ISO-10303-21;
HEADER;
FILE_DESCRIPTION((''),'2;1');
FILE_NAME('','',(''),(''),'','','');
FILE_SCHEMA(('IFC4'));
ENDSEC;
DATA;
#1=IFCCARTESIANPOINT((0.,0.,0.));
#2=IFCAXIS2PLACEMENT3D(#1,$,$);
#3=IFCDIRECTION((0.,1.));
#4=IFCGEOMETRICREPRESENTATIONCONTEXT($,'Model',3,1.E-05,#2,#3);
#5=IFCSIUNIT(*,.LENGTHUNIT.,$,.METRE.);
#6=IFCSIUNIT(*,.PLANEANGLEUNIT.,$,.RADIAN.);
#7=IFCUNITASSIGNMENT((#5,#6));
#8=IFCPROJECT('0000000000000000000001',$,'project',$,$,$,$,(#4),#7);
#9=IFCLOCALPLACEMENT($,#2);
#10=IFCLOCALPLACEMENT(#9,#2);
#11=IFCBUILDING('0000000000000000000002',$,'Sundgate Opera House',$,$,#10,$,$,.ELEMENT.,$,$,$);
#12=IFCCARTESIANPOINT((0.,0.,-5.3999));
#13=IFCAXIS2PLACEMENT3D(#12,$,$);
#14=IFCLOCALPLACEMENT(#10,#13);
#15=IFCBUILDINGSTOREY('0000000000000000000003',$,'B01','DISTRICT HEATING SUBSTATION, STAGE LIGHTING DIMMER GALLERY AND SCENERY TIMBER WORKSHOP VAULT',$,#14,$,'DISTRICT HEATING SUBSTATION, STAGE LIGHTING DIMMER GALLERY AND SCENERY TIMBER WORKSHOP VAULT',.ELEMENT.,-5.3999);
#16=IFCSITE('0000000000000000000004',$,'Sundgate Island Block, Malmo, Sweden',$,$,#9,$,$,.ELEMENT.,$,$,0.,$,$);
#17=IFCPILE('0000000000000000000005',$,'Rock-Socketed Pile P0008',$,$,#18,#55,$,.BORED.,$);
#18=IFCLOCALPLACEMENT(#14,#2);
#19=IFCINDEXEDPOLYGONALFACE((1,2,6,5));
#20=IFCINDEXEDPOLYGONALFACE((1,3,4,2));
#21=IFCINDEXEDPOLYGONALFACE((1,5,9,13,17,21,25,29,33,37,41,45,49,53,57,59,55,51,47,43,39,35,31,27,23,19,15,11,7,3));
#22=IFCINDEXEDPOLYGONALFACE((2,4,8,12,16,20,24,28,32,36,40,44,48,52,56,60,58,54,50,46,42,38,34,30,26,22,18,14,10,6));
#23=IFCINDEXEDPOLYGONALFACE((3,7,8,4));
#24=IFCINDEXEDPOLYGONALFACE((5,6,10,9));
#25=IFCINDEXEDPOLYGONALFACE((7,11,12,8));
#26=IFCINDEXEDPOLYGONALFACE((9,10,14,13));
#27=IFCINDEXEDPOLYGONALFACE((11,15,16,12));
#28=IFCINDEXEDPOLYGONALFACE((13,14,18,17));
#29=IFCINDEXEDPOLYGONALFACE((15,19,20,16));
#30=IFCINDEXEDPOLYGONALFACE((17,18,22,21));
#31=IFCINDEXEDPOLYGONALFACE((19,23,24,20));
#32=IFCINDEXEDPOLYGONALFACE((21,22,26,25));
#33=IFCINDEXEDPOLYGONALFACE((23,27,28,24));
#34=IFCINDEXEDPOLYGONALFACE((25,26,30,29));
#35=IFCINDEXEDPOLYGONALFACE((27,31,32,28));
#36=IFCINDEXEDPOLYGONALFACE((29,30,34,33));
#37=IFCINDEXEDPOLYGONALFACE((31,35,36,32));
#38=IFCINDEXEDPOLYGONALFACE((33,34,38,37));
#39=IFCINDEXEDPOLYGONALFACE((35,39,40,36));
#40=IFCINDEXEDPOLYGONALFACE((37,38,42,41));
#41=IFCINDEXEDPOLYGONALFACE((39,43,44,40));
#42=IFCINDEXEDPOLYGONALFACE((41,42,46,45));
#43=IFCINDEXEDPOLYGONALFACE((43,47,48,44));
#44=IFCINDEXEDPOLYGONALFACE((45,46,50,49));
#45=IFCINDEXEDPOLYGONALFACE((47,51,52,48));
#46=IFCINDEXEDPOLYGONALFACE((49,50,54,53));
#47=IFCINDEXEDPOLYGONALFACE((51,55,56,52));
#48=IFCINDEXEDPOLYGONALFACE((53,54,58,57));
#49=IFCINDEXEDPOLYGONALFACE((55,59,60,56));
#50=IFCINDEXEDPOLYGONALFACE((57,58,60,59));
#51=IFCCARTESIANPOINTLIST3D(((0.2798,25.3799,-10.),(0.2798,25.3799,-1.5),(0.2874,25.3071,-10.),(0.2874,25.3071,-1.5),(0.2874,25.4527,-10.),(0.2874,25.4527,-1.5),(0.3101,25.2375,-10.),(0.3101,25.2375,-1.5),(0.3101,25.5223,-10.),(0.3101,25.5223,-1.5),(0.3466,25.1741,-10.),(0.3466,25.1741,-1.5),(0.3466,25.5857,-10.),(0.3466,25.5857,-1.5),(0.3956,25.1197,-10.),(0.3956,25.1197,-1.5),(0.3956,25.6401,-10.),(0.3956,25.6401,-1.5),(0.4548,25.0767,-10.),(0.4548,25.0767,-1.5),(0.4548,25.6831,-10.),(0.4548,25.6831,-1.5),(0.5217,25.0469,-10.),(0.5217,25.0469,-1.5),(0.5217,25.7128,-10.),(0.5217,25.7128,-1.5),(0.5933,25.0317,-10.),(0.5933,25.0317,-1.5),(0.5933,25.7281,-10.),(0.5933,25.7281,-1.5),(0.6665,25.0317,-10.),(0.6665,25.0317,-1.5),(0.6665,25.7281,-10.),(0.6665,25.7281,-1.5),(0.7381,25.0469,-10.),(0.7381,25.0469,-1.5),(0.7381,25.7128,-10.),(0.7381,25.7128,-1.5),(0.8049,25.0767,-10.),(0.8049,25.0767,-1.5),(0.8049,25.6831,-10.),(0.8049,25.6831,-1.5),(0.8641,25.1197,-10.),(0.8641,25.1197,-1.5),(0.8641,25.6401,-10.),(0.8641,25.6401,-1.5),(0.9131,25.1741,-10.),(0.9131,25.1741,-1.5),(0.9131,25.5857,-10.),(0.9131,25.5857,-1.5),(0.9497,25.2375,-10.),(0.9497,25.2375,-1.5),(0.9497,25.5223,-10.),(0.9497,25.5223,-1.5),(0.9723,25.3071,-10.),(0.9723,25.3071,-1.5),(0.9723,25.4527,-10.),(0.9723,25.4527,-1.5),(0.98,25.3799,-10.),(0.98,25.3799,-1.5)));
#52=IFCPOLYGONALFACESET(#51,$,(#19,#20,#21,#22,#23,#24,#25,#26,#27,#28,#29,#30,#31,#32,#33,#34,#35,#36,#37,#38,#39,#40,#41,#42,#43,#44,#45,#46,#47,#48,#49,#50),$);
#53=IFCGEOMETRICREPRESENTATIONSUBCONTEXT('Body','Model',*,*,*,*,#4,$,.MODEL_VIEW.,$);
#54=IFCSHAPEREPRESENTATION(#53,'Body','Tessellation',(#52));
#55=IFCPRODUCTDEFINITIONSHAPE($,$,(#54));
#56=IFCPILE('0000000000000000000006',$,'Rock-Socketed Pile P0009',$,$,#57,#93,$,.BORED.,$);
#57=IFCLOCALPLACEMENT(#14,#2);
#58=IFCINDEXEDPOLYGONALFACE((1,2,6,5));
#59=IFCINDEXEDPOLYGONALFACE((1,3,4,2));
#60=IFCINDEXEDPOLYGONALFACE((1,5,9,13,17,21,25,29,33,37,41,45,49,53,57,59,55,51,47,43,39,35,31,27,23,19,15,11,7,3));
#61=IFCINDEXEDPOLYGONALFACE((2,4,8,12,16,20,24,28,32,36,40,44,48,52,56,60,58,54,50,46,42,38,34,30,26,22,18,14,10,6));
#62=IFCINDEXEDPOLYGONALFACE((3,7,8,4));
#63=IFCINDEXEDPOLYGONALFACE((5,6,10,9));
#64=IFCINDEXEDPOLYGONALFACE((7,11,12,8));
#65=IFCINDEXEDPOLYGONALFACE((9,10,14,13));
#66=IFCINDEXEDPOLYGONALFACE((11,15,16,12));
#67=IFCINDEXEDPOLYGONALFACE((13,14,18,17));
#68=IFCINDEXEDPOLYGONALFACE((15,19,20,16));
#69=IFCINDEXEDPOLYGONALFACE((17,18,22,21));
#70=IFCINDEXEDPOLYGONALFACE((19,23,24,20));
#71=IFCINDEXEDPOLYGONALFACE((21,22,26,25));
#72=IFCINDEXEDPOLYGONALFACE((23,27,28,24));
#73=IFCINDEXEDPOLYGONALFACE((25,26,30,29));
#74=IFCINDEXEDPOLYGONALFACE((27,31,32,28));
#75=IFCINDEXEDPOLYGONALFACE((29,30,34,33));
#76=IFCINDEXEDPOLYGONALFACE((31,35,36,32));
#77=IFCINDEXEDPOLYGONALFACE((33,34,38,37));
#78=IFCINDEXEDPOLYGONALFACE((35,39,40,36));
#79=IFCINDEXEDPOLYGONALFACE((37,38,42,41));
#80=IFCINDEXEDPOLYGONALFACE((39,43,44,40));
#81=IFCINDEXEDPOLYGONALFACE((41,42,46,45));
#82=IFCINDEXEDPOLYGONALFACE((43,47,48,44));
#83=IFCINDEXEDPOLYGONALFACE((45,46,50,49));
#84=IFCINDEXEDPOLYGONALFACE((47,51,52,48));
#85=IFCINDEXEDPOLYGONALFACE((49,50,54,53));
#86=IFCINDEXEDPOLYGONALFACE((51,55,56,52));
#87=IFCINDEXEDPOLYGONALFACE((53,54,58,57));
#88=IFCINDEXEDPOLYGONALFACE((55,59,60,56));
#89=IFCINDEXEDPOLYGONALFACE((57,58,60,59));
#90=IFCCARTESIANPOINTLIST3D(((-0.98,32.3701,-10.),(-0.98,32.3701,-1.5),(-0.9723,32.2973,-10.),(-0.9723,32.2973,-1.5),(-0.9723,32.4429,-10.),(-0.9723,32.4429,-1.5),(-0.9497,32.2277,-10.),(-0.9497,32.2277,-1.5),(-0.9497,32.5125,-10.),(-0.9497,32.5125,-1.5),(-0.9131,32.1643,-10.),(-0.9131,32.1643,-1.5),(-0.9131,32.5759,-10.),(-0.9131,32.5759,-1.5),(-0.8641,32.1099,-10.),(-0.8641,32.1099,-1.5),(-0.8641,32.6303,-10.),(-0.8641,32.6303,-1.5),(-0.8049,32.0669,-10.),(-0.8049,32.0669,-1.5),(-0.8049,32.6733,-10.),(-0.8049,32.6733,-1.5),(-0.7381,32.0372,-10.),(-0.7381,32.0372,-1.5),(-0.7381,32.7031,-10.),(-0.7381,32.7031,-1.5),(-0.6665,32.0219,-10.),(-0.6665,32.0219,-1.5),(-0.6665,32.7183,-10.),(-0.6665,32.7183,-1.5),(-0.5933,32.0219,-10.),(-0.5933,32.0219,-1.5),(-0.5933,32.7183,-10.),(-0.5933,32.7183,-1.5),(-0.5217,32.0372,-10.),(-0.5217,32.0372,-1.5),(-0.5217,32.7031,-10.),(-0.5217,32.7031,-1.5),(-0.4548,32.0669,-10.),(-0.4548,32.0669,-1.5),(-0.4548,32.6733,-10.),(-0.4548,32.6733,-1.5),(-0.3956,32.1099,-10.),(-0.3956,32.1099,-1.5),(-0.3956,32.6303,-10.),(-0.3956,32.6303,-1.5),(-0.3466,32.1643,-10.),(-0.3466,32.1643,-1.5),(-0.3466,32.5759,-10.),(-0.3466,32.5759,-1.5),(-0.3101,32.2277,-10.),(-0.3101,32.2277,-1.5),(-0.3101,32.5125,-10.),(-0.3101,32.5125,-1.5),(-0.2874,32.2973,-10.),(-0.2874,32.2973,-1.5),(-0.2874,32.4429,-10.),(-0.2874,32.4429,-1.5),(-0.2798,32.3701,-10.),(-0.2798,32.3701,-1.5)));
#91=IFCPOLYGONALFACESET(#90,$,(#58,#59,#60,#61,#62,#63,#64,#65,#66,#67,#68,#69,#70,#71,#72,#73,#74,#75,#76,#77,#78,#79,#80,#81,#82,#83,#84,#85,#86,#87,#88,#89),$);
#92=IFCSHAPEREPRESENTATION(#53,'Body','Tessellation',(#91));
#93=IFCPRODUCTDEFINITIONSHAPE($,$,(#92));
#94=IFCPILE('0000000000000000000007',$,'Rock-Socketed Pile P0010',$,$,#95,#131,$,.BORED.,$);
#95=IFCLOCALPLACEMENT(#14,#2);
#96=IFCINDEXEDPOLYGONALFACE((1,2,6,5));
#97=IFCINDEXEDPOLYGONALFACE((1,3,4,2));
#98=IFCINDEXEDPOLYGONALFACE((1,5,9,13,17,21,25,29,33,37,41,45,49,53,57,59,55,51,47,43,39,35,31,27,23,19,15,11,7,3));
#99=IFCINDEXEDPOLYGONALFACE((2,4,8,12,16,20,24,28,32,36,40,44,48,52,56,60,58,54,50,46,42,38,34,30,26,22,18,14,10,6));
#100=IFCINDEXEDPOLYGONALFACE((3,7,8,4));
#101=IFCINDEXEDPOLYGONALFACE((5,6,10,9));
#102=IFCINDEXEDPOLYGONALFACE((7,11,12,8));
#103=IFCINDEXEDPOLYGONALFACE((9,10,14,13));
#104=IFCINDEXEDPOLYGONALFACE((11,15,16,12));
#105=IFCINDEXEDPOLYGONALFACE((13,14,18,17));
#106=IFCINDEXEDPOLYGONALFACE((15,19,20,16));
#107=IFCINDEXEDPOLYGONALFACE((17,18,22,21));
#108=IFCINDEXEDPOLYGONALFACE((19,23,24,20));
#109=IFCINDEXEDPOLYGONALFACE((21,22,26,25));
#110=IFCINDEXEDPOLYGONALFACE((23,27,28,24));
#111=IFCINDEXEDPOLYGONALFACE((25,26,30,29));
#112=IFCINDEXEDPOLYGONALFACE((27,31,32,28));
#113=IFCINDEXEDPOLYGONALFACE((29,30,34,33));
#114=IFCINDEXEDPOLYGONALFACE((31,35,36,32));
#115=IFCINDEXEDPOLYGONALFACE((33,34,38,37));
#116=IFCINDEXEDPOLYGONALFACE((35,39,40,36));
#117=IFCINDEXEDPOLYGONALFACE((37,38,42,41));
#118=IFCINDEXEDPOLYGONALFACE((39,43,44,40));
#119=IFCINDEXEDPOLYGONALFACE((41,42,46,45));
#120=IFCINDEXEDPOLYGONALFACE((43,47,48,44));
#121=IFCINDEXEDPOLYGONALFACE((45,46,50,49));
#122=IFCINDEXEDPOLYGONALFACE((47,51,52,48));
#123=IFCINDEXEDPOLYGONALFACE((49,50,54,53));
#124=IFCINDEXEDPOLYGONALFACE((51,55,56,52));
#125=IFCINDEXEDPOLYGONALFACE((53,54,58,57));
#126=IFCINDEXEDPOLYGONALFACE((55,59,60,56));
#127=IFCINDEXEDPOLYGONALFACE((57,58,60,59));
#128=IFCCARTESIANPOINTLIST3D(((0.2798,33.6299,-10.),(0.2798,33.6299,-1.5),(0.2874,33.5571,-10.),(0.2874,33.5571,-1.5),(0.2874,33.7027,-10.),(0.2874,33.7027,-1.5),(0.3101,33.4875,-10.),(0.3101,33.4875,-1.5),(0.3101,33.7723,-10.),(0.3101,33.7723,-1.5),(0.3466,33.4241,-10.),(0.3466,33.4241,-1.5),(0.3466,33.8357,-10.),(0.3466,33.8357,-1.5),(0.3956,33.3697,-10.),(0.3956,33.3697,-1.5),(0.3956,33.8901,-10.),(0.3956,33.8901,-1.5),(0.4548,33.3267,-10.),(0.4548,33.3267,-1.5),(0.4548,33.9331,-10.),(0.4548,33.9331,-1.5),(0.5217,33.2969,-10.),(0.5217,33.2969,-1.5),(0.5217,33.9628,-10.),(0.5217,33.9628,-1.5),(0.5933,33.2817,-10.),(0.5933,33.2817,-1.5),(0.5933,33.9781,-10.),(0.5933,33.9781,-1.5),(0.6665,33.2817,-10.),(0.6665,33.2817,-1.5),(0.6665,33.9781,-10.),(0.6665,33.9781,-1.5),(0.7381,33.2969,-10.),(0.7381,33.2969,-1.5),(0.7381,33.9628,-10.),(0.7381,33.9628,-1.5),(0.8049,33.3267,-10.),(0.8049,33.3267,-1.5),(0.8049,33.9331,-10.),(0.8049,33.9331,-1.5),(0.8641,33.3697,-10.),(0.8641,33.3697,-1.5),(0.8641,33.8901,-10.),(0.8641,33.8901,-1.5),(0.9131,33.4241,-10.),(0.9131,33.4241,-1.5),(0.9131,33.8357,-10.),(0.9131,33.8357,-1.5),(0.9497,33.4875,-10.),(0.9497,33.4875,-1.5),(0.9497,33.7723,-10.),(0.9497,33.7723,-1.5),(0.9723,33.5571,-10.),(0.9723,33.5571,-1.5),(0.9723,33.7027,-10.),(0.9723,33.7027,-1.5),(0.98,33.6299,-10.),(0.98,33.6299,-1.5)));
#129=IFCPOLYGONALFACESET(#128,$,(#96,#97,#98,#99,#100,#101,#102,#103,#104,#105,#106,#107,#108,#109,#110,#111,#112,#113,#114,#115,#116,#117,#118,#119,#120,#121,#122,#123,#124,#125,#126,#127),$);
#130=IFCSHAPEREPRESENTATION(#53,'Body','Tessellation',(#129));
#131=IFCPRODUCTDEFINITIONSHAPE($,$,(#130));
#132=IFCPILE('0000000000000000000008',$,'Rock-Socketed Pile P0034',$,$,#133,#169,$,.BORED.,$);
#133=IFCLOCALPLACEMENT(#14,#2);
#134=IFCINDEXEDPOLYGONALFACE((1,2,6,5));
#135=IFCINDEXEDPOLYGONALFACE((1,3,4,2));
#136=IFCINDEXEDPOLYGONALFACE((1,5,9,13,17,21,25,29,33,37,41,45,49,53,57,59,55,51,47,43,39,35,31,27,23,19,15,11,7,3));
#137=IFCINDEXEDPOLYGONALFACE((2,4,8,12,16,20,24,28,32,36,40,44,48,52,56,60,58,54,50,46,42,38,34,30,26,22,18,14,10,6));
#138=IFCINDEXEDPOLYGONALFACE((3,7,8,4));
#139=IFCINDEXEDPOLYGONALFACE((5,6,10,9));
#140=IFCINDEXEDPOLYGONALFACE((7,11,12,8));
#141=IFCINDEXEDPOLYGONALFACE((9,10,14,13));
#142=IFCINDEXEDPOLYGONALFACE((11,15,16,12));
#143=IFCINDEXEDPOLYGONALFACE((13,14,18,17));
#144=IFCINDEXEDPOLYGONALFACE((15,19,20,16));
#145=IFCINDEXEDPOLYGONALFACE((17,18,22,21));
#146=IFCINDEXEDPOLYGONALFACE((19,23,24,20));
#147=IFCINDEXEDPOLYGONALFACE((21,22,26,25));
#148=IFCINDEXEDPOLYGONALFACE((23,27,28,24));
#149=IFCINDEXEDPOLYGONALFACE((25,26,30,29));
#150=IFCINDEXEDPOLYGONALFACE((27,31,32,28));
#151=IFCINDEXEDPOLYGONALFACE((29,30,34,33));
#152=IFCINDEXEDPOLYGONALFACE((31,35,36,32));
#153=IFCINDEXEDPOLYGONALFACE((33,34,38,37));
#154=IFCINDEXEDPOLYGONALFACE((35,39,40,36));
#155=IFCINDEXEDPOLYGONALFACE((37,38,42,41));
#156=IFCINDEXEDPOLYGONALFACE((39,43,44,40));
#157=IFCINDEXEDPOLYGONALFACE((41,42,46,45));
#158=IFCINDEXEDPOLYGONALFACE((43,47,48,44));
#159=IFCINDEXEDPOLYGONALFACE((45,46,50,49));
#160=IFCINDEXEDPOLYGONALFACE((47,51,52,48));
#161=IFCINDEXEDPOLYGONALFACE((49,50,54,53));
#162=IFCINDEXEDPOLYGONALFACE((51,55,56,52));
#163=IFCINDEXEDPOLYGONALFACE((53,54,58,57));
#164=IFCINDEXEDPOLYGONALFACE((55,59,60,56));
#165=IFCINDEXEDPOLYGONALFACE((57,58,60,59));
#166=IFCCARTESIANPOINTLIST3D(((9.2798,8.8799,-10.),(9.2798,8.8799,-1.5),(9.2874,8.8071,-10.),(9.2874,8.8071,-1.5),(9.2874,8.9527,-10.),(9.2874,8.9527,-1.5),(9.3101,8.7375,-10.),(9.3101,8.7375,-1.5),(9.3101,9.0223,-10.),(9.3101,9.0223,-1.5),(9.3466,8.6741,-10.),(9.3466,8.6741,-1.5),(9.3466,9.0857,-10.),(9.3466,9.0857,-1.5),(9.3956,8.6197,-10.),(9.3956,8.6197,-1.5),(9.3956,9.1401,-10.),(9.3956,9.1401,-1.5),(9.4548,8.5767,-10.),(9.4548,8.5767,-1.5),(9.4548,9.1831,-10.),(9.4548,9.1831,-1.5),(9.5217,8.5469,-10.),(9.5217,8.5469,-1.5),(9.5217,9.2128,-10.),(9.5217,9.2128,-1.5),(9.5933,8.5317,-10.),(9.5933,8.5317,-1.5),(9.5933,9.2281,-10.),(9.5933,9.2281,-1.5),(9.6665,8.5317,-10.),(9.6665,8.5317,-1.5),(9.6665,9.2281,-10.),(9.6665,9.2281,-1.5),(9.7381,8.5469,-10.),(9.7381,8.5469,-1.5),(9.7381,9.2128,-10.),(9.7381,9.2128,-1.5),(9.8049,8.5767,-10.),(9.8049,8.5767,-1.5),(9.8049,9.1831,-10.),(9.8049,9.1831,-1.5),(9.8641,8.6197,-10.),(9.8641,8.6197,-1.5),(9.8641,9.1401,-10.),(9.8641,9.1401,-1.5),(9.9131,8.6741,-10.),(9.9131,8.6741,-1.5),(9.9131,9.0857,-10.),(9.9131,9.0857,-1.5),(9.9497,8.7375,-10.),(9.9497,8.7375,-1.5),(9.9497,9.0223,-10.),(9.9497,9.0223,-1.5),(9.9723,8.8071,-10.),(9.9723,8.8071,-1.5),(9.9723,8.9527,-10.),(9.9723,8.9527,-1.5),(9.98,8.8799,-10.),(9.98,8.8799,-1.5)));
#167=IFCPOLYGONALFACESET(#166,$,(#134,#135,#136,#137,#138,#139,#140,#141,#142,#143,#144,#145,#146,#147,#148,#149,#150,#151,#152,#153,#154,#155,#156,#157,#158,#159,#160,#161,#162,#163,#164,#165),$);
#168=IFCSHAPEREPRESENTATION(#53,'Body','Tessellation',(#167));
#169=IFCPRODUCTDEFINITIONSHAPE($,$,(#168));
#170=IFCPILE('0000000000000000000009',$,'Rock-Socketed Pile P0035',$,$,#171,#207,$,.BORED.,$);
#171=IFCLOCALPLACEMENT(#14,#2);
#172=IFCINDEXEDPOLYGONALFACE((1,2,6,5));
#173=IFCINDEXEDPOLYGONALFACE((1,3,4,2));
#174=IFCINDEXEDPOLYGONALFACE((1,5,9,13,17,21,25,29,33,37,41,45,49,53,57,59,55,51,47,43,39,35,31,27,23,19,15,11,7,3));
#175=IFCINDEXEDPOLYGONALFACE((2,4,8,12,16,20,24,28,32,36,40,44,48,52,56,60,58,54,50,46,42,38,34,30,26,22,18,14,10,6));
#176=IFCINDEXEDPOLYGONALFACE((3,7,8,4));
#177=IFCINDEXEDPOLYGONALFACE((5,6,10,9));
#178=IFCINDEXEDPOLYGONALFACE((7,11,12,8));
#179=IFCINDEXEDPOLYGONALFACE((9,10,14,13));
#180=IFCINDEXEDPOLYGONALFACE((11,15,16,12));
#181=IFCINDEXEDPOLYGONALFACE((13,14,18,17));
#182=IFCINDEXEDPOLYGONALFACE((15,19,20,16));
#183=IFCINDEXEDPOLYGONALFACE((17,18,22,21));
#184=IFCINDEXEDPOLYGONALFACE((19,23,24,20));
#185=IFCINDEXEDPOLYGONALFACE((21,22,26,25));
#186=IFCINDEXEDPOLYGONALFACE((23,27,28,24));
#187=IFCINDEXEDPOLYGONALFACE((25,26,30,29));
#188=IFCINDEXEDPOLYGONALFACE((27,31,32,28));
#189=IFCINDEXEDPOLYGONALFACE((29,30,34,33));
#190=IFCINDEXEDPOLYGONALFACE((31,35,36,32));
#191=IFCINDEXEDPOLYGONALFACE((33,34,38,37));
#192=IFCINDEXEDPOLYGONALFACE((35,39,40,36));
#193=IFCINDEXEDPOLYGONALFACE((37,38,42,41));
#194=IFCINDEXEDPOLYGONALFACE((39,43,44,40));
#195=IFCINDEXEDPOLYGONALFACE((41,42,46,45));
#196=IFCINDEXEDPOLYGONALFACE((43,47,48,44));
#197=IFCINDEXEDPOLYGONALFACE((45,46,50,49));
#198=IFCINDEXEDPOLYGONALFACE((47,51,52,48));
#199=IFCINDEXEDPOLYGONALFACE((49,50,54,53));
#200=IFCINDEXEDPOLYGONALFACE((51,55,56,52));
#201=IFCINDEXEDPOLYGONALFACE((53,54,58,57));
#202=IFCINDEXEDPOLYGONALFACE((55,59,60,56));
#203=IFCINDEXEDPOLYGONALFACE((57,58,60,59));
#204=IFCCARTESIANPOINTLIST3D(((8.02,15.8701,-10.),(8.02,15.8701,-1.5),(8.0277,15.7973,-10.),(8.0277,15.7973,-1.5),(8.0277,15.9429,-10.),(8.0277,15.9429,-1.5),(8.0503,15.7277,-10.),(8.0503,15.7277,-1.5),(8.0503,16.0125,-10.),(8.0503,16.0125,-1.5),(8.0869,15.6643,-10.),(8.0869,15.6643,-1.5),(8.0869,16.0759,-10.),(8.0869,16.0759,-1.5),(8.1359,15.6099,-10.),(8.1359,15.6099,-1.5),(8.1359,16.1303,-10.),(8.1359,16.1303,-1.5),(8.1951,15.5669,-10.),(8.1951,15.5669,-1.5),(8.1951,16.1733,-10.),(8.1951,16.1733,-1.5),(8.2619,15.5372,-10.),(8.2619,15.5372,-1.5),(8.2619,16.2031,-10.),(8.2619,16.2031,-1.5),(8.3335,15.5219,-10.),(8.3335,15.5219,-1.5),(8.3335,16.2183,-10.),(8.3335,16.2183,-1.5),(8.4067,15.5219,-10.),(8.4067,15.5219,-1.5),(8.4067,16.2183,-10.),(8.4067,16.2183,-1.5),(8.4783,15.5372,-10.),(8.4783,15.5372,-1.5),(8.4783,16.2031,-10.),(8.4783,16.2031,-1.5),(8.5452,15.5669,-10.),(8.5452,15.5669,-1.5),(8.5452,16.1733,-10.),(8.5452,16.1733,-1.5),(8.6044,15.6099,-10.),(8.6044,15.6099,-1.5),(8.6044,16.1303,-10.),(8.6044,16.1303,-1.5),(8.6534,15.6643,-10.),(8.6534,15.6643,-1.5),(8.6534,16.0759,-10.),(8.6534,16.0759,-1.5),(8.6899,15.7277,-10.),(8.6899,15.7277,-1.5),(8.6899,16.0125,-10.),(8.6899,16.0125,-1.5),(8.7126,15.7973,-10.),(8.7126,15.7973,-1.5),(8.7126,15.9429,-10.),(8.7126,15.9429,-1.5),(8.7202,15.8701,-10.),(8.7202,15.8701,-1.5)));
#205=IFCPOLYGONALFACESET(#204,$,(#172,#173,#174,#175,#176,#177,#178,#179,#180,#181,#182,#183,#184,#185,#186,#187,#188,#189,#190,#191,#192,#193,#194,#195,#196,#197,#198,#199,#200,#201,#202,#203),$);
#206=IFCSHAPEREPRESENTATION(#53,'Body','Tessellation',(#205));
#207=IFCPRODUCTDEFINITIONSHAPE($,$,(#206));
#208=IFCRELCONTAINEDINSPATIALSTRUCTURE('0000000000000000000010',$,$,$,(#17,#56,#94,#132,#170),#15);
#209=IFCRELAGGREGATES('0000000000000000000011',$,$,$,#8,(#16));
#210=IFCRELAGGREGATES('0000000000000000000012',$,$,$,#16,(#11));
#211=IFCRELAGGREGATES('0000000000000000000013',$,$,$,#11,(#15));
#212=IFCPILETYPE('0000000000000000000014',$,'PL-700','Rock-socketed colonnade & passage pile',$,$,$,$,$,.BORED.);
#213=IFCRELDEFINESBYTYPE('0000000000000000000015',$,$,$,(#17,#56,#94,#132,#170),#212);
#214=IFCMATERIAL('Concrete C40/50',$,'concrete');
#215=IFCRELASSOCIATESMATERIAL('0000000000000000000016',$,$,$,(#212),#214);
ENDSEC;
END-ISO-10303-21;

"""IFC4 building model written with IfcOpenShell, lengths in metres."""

from ifc_helpers import new_model, si_unit, direction, frame, origin, origin_2d, place, context, subcontext, project, spatial, circle, extrude, material, material_profile, profile_set, type_object, element, save


model = new_model("IFC4")

# Units and contexts
model_context = context("Model", 3, precision=1e-05, world=origin(), true_north=direction((0.0, 1.0)))
body_context = subcontext(model_context, "Body", "Model", "MODEL_VIEW")
ifc_project = project(units=[si_unit("LENGTHUNIT", "METRE"), si_unit("PLANEANGLEUNIT", "RADIAN")], contexts=[model_context])

# Site, building, storey
site_placement = place(None, origin())
site = spatial("IfcSite", under=ifc_project, at=site_placement, Name="Sundgate Island Block, Malmo, Sweden", CompositionType="ELEMENT", RefElevation=0.0)
building_placement = place(site_placement, origin())
building = spatial("IfcBuilding", under=site, at=building_placement, Name="Sundgate Opera House", CompositionType="ELEMENT")
storey_placement = place(building_placement, frame((0.0, 0.0, -5.3999)))
storey = spatial("IfcBuildingStorey", under=building, at=storey_placement, Name="B01", Description="DISTRICT HEATING SUBSTATION, STAGE LIGHTING DIMMER GALLERY AND SCENERY TIMBER WORKSHOP VAULT", LongName="DISTRICT HEATING SUBSTATION, STAGE LIGHTING DIMMER GALLERY AND SCENERY TIMBER WORKSHOP VAULT", CompositionType="ELEMENT", Elevation=-5.3999)

# Piles
ifc_material_1 = material(Name="Concrete C40/50", Category="concrete")
ifc_material_profile_1 = material_profile(ifc_material_1, circle(Radius=0.3501, at=origin_2d()), Name="PILE D700")
ifc_profile_set_1 = profile_set([ifc_material_profile_1], Name="Concrete C40/50")
pile_type = type_object("IfcPileType", Name="PL-700", Description="Rock-socketed colonnade & passage pile", PredefinedType="BORED", material=ifc_profile_set_1)
for number, where, z_axis, x_axis, name in (
    (1, (0.6299, 25.3799, -1.5), (0.0, 0.0, -1.0), (1.0, 0.0, 0.0), "Rock-Socketed Pile P0008"),
    (2, (-0.6299, 32.3701, -1.5), (0.0, 0.0, -1.0), (1.0, 0.0, 0.0), "Rock-Socketed Pile P0009"),
    (3, (0.6299, 33.6299, -1.5), (0.0, 0.0, -1.0), (1.0, 0.0, 0.0), "Rock-Socketed Pile P0010"),
    (4, (9.6299, 8.8799, -1.5), (0.0, 0.0, -1.0), (1.0, 0.0, 0.0), "Rock-Socketed Pile P0034"),
    (5, (8.3701, 15.8701, -1.5), (0.0, 0.0, -1.0), (1.0, 0.0, 0.0), "Rock-Socketed Pile P0035"),
):
    element("IfcPile", number, at=place(storey_placement, frame(where, z_axis=z_axis, x_axis=x_axis)), inside=storey, type_object=pile_type, Name=name, PredefinedType="BORED", context=body_context, shape_type="SweptSolid", body=[
        extrude(circle(Radius=0.3501, at=origin_2d()), origin(), (0.0, 0.0, 1.0), 8.5),
    ])

save(model, "model.ifc")
